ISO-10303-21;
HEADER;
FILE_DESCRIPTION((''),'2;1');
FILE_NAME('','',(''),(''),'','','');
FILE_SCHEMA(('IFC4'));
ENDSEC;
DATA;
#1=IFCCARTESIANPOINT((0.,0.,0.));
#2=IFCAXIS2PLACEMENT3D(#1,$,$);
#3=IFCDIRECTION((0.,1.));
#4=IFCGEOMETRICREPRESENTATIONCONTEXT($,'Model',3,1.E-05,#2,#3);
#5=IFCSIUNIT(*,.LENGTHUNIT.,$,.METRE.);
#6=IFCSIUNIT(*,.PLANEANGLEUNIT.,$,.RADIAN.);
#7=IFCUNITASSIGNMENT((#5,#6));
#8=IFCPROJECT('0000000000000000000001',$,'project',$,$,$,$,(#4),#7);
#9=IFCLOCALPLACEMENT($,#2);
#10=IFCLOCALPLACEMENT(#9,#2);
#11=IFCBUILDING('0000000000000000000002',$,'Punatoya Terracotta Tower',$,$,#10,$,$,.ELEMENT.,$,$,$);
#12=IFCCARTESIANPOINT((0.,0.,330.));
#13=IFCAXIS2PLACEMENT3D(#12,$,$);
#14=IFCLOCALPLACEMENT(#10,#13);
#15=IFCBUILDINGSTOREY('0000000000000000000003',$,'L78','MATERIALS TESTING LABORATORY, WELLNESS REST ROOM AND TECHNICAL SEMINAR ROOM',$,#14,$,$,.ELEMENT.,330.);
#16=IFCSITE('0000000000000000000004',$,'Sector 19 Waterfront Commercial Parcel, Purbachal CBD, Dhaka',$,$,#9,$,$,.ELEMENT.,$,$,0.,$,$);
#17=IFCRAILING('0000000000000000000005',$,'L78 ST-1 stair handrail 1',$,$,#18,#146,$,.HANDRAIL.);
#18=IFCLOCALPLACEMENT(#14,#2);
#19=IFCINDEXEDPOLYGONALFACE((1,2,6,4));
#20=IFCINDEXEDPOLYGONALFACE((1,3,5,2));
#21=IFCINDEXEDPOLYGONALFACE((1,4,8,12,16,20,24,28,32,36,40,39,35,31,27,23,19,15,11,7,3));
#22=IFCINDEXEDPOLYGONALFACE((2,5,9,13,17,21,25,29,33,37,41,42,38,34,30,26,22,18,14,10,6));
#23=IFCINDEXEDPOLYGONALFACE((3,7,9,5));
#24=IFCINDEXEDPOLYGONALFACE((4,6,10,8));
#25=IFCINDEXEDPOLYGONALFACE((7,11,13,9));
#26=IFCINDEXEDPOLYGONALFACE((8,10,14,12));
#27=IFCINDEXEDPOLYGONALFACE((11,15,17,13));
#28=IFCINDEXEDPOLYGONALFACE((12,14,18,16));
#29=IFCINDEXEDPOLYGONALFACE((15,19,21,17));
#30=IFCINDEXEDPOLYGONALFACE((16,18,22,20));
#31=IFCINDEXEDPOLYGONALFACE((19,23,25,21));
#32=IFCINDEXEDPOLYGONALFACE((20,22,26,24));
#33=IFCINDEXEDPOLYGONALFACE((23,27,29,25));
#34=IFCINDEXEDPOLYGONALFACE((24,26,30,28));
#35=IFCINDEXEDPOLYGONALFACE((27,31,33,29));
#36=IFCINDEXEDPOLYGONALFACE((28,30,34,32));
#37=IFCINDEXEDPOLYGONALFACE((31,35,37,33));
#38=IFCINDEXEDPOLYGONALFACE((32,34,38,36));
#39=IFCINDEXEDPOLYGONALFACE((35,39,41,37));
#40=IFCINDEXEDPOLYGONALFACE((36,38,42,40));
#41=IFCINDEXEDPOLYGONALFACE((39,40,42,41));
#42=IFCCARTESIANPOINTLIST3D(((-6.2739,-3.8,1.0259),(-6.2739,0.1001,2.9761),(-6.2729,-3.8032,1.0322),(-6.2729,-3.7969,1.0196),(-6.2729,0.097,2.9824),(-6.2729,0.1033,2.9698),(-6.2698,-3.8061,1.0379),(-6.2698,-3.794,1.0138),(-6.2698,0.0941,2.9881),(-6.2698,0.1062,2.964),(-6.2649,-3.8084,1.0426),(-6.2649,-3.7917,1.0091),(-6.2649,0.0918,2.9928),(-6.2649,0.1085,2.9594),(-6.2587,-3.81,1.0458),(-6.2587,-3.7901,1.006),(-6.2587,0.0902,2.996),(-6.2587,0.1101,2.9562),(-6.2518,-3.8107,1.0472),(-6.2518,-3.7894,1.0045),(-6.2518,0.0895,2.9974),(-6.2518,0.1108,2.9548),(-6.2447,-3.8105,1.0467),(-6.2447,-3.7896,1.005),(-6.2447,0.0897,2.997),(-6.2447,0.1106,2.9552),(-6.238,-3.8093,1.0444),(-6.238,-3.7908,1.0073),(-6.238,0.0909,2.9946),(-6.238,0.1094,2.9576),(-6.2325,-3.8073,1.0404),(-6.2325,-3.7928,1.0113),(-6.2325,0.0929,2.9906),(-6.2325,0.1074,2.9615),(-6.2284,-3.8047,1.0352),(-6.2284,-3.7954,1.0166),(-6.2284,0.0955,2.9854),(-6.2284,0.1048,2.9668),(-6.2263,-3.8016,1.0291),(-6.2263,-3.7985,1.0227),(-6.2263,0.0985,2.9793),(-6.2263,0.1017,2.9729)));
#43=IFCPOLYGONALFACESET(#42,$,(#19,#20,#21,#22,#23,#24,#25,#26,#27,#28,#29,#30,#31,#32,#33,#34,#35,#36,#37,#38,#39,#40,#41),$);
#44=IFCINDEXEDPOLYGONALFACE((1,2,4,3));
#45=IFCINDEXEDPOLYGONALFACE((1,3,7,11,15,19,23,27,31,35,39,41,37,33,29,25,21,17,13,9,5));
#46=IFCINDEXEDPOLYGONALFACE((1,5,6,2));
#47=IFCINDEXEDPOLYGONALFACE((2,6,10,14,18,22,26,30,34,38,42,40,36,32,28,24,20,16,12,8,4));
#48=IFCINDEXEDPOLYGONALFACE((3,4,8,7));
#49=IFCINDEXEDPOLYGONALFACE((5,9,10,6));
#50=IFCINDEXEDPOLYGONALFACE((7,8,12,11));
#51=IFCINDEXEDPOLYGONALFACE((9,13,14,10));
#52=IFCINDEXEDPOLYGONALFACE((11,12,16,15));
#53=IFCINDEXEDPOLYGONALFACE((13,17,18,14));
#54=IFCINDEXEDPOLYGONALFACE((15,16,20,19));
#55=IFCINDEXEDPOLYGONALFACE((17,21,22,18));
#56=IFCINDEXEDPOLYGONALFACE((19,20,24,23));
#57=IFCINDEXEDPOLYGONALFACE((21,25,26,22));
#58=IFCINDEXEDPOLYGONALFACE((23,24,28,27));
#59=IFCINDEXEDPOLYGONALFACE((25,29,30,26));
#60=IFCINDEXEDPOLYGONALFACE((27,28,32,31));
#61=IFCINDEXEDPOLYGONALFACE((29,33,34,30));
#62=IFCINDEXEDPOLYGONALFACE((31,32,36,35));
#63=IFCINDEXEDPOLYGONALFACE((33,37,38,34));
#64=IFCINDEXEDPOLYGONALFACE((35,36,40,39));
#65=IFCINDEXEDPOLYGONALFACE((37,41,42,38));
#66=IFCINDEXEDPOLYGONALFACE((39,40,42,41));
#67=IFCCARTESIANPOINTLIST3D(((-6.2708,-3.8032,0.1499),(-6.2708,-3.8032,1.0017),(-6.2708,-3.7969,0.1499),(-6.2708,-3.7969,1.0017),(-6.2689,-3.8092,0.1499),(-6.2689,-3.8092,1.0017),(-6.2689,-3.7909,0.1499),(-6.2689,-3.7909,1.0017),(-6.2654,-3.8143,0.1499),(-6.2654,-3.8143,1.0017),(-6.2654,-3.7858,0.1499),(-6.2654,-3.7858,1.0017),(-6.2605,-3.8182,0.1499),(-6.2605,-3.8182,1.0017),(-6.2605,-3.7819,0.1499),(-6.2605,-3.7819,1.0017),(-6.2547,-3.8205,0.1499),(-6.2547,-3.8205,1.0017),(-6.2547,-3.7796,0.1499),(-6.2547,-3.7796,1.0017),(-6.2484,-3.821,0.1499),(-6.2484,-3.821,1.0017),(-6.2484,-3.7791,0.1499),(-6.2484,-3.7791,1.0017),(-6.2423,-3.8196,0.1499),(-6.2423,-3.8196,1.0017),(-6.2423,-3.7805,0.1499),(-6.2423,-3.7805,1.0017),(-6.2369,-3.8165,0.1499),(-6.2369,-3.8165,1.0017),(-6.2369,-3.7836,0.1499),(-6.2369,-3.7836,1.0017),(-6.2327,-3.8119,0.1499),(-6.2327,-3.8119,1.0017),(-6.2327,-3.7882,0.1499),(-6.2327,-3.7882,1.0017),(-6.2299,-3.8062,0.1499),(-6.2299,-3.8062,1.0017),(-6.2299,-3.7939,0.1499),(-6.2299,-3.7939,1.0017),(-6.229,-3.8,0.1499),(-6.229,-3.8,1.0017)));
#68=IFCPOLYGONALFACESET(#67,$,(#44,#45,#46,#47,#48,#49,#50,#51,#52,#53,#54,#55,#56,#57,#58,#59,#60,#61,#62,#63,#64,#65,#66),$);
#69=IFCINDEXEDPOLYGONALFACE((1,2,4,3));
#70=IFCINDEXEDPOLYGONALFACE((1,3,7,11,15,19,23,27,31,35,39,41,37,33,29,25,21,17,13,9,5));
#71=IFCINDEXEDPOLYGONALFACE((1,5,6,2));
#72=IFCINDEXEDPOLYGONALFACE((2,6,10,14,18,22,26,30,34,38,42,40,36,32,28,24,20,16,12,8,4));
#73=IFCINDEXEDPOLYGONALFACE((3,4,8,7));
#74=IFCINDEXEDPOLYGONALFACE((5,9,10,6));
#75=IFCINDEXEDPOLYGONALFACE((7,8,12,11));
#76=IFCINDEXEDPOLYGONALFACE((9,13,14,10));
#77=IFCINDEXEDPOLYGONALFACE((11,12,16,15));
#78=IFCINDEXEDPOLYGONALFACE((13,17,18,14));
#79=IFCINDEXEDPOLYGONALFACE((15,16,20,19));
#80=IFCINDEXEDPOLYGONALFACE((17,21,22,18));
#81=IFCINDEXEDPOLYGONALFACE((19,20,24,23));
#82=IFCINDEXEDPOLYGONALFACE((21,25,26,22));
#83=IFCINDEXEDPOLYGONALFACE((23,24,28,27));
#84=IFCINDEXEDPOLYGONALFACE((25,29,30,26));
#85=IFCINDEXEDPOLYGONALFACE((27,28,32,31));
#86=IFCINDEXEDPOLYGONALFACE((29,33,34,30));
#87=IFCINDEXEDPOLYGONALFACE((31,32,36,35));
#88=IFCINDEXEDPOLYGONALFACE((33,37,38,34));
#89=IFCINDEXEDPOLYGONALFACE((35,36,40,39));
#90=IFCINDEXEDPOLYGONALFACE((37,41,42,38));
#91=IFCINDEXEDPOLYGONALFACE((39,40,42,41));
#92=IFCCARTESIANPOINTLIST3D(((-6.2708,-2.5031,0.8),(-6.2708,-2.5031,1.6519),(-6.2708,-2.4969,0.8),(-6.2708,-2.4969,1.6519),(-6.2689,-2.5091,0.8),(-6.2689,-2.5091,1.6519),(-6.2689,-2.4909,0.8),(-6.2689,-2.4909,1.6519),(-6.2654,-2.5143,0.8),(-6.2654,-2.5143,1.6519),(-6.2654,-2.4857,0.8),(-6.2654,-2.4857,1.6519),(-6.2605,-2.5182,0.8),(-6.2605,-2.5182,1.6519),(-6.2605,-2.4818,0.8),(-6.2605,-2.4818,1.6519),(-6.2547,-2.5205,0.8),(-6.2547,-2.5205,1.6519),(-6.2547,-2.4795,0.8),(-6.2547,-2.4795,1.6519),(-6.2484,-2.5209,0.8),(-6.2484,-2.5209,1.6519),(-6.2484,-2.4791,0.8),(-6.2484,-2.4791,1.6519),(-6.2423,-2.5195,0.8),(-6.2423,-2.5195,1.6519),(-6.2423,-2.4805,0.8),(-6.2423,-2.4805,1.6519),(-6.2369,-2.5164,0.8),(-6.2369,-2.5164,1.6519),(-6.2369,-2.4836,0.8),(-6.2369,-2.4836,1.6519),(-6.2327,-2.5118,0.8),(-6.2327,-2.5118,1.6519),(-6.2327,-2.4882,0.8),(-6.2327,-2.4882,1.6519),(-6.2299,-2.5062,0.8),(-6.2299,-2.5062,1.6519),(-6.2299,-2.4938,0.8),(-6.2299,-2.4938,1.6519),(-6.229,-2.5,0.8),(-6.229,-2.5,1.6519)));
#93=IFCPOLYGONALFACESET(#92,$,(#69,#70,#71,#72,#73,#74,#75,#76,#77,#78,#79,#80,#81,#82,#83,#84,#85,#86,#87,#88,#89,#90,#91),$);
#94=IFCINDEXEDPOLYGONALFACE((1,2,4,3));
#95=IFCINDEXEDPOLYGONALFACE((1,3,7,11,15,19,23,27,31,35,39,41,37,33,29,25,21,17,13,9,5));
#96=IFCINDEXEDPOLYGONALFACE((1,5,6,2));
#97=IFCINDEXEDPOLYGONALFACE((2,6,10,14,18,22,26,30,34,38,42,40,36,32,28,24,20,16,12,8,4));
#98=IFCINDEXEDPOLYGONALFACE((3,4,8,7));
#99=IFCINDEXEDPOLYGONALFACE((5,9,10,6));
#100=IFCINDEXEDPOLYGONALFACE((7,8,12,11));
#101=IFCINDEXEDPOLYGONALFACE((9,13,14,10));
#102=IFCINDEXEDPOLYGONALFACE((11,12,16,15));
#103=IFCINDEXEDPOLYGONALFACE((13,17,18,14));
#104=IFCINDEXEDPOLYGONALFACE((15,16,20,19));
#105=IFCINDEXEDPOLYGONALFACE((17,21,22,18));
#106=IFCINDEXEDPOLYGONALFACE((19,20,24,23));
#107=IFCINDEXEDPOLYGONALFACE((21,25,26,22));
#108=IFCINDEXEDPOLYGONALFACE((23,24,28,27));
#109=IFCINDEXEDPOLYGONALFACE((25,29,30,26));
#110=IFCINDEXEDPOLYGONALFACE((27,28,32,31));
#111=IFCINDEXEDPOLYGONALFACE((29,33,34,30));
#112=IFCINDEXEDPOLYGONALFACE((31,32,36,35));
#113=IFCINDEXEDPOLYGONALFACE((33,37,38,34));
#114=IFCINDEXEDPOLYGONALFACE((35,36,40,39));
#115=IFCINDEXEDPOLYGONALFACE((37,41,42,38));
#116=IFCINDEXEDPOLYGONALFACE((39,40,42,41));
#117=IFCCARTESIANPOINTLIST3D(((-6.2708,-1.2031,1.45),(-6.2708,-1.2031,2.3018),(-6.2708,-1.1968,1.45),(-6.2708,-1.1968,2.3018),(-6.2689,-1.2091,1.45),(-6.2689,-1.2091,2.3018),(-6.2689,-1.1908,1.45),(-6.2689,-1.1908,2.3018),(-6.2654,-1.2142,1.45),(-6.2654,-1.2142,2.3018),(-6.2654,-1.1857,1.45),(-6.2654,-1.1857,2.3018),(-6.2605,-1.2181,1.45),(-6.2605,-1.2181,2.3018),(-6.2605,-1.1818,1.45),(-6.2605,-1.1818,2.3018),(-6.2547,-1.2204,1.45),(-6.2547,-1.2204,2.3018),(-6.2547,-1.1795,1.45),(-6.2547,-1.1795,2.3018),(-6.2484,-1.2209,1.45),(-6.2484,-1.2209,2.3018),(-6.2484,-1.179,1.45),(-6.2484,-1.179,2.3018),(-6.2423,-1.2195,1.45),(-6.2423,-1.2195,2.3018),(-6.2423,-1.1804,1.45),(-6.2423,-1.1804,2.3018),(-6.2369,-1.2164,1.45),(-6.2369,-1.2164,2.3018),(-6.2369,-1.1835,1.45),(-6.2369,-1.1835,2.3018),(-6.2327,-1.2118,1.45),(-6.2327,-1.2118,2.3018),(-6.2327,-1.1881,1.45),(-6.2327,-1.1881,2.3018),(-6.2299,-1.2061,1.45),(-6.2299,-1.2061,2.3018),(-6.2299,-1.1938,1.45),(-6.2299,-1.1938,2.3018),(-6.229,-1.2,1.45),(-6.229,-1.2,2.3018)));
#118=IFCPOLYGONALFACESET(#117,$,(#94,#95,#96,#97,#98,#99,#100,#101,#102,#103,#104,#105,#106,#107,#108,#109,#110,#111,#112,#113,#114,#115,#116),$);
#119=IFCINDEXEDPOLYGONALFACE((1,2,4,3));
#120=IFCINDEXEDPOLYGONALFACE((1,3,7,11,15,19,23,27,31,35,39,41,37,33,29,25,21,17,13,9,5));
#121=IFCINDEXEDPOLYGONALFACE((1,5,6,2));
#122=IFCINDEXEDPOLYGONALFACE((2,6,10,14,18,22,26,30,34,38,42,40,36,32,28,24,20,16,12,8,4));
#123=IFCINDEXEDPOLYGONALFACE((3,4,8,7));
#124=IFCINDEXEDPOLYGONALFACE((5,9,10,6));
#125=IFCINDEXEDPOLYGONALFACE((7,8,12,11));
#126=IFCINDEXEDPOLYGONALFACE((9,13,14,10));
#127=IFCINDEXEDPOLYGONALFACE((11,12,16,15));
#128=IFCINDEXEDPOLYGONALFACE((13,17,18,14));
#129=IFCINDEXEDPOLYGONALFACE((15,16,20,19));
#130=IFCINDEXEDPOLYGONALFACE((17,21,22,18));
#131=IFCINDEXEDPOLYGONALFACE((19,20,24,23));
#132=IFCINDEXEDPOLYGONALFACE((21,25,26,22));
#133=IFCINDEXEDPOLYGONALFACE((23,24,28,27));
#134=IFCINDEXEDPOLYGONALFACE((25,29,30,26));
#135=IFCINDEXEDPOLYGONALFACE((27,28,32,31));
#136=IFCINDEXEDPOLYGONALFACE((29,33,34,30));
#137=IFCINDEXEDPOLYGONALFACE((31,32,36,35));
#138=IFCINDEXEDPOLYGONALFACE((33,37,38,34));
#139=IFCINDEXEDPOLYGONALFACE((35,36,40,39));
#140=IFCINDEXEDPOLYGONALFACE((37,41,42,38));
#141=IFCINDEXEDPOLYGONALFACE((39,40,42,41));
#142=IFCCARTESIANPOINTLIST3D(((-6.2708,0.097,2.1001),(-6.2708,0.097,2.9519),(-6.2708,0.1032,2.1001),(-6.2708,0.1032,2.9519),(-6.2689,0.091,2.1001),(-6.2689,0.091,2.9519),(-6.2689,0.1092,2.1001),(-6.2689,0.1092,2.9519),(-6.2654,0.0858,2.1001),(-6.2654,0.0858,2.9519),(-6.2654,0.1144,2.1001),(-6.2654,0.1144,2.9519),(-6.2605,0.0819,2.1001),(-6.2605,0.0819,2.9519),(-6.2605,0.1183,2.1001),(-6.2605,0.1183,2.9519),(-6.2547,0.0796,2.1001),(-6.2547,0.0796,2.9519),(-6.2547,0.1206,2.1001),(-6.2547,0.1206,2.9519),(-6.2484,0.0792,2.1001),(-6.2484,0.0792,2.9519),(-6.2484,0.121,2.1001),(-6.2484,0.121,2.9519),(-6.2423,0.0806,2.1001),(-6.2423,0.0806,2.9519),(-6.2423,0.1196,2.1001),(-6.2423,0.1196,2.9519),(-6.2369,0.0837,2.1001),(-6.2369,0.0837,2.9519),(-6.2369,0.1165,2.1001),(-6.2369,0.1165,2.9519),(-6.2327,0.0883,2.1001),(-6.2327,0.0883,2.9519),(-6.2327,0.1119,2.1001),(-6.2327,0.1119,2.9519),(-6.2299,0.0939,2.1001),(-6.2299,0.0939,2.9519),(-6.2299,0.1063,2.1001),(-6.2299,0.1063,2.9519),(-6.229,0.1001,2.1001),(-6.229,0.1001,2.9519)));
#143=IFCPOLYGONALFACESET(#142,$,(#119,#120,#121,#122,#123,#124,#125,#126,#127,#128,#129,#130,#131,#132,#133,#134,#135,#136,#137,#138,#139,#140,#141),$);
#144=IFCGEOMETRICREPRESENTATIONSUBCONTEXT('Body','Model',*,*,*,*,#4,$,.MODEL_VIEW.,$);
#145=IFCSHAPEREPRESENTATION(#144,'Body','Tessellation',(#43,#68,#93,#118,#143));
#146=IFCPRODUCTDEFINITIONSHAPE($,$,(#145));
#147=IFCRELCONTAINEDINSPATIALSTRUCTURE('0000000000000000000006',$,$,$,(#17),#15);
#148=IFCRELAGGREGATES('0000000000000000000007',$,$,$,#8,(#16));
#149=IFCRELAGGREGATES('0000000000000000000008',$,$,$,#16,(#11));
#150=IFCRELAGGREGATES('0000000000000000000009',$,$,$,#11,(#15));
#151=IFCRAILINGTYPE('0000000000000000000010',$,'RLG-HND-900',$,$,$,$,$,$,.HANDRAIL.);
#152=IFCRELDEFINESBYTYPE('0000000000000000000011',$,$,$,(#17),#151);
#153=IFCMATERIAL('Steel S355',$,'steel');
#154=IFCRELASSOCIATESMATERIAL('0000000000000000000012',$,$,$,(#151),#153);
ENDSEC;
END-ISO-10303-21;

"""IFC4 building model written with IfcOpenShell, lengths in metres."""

from ifc_helpers import new_model, si_unit, direction, frame, origin, origin_2d, place, context, subcontext, project, spatial, circle, extrude, material, type_object, element, save


model = new_model("IFC4")

# Units and contexts
model_context = context("Model", 3, precision=1e-05, world=origin(), true_north=direction((0.0, 1.0)))
body_context = subcontext(model_context, "Body", "Model", "MODEL_VIEW")
ifc_project = project(units=[si_unit("LENGTHUNIT", "METRE"), si_unit("PLANEANGLEUNIT", "RADIAN")], contexts=[model_context])

# Site, building, storey
site_placement = place(None, origin())
site = spatial("IfcSite", under=ifc_project, at=site_placement, Name="Sector 19 Waterfront Commercial Parcel, Purbachal CBD, Dhaka", CompositionType="ELEMENT", RefElevation=0.0)
building_placement = place(site_placement, origin())
building = spatial("IfcBuilding", under=site, at=building_placement, Name="Punatoya Terracotta Tower", CompositionType="ELEMENT")
storey_placement = place(building_placement, frame((0.0, 0.0, 330.0)))
storey = spatial("IfcBuildingStorey", under=building, at=storey_placement, Name="L78", Description="MATERIALS TESTING LABORATORY, WELLNESS REST ROOM AND TECHNICAL SEMINAR ROOM", CompositionType="ELEMENT", Elevation=330.0)

# Shared definitions
ifc_material_1 = material(Name="Steel S355", Category="steel")

# Railing
railing_type_1 = type_object("IfcRailingType", Name="RLG-HND-900", PredefinedType="HANDRAIL", material=ifc_material_1)
railing_1_placement = place(storey_placement, frame((-6.25, -3.8, 0.1499)))
element("IfcRailing", 1, at=railing_1_placement, inside=storey, type_object=railing_type_1, Name="L78 ST-1 stair handrail 1", PredefinedType="HANDRAIL", context=body_context, shape_type="SweptSolid", body=[
    extrude(circle(Radius=0.0239, at=origin_2d()), frame((0.0, 0.0, 0.876), z_axis=(0.0, 0.894416, 0.447236), x_axis=(-1.0, 0.0, 0.0)), (0.0, 0.0, 1.0), 4.3606),
    extrude(circle(Radius=0.021, at=origin_2d()), origin(), (0.0, 0.0, 1.0), 0.8518),
    extrude(circle(Radius=0.021, at=origin_2d()), frame((0.0, 1.3, 0.6501)), (0.0, 0.0, 1.0), 0.8518),
    extrude(circle(Radius=0.021, at=origin_2d()), frame((0.0, 2.6001, 1.3)), (0.0, 0.0, 1.0), 0.8518),
    extrude(circle(Radius=0.021, at=origin_2d()), frame((0.0, 3.9001, 1.9502)), (0.0, 0.0, 1.0), 0.8518),
])

save(model, "model.ifc")
